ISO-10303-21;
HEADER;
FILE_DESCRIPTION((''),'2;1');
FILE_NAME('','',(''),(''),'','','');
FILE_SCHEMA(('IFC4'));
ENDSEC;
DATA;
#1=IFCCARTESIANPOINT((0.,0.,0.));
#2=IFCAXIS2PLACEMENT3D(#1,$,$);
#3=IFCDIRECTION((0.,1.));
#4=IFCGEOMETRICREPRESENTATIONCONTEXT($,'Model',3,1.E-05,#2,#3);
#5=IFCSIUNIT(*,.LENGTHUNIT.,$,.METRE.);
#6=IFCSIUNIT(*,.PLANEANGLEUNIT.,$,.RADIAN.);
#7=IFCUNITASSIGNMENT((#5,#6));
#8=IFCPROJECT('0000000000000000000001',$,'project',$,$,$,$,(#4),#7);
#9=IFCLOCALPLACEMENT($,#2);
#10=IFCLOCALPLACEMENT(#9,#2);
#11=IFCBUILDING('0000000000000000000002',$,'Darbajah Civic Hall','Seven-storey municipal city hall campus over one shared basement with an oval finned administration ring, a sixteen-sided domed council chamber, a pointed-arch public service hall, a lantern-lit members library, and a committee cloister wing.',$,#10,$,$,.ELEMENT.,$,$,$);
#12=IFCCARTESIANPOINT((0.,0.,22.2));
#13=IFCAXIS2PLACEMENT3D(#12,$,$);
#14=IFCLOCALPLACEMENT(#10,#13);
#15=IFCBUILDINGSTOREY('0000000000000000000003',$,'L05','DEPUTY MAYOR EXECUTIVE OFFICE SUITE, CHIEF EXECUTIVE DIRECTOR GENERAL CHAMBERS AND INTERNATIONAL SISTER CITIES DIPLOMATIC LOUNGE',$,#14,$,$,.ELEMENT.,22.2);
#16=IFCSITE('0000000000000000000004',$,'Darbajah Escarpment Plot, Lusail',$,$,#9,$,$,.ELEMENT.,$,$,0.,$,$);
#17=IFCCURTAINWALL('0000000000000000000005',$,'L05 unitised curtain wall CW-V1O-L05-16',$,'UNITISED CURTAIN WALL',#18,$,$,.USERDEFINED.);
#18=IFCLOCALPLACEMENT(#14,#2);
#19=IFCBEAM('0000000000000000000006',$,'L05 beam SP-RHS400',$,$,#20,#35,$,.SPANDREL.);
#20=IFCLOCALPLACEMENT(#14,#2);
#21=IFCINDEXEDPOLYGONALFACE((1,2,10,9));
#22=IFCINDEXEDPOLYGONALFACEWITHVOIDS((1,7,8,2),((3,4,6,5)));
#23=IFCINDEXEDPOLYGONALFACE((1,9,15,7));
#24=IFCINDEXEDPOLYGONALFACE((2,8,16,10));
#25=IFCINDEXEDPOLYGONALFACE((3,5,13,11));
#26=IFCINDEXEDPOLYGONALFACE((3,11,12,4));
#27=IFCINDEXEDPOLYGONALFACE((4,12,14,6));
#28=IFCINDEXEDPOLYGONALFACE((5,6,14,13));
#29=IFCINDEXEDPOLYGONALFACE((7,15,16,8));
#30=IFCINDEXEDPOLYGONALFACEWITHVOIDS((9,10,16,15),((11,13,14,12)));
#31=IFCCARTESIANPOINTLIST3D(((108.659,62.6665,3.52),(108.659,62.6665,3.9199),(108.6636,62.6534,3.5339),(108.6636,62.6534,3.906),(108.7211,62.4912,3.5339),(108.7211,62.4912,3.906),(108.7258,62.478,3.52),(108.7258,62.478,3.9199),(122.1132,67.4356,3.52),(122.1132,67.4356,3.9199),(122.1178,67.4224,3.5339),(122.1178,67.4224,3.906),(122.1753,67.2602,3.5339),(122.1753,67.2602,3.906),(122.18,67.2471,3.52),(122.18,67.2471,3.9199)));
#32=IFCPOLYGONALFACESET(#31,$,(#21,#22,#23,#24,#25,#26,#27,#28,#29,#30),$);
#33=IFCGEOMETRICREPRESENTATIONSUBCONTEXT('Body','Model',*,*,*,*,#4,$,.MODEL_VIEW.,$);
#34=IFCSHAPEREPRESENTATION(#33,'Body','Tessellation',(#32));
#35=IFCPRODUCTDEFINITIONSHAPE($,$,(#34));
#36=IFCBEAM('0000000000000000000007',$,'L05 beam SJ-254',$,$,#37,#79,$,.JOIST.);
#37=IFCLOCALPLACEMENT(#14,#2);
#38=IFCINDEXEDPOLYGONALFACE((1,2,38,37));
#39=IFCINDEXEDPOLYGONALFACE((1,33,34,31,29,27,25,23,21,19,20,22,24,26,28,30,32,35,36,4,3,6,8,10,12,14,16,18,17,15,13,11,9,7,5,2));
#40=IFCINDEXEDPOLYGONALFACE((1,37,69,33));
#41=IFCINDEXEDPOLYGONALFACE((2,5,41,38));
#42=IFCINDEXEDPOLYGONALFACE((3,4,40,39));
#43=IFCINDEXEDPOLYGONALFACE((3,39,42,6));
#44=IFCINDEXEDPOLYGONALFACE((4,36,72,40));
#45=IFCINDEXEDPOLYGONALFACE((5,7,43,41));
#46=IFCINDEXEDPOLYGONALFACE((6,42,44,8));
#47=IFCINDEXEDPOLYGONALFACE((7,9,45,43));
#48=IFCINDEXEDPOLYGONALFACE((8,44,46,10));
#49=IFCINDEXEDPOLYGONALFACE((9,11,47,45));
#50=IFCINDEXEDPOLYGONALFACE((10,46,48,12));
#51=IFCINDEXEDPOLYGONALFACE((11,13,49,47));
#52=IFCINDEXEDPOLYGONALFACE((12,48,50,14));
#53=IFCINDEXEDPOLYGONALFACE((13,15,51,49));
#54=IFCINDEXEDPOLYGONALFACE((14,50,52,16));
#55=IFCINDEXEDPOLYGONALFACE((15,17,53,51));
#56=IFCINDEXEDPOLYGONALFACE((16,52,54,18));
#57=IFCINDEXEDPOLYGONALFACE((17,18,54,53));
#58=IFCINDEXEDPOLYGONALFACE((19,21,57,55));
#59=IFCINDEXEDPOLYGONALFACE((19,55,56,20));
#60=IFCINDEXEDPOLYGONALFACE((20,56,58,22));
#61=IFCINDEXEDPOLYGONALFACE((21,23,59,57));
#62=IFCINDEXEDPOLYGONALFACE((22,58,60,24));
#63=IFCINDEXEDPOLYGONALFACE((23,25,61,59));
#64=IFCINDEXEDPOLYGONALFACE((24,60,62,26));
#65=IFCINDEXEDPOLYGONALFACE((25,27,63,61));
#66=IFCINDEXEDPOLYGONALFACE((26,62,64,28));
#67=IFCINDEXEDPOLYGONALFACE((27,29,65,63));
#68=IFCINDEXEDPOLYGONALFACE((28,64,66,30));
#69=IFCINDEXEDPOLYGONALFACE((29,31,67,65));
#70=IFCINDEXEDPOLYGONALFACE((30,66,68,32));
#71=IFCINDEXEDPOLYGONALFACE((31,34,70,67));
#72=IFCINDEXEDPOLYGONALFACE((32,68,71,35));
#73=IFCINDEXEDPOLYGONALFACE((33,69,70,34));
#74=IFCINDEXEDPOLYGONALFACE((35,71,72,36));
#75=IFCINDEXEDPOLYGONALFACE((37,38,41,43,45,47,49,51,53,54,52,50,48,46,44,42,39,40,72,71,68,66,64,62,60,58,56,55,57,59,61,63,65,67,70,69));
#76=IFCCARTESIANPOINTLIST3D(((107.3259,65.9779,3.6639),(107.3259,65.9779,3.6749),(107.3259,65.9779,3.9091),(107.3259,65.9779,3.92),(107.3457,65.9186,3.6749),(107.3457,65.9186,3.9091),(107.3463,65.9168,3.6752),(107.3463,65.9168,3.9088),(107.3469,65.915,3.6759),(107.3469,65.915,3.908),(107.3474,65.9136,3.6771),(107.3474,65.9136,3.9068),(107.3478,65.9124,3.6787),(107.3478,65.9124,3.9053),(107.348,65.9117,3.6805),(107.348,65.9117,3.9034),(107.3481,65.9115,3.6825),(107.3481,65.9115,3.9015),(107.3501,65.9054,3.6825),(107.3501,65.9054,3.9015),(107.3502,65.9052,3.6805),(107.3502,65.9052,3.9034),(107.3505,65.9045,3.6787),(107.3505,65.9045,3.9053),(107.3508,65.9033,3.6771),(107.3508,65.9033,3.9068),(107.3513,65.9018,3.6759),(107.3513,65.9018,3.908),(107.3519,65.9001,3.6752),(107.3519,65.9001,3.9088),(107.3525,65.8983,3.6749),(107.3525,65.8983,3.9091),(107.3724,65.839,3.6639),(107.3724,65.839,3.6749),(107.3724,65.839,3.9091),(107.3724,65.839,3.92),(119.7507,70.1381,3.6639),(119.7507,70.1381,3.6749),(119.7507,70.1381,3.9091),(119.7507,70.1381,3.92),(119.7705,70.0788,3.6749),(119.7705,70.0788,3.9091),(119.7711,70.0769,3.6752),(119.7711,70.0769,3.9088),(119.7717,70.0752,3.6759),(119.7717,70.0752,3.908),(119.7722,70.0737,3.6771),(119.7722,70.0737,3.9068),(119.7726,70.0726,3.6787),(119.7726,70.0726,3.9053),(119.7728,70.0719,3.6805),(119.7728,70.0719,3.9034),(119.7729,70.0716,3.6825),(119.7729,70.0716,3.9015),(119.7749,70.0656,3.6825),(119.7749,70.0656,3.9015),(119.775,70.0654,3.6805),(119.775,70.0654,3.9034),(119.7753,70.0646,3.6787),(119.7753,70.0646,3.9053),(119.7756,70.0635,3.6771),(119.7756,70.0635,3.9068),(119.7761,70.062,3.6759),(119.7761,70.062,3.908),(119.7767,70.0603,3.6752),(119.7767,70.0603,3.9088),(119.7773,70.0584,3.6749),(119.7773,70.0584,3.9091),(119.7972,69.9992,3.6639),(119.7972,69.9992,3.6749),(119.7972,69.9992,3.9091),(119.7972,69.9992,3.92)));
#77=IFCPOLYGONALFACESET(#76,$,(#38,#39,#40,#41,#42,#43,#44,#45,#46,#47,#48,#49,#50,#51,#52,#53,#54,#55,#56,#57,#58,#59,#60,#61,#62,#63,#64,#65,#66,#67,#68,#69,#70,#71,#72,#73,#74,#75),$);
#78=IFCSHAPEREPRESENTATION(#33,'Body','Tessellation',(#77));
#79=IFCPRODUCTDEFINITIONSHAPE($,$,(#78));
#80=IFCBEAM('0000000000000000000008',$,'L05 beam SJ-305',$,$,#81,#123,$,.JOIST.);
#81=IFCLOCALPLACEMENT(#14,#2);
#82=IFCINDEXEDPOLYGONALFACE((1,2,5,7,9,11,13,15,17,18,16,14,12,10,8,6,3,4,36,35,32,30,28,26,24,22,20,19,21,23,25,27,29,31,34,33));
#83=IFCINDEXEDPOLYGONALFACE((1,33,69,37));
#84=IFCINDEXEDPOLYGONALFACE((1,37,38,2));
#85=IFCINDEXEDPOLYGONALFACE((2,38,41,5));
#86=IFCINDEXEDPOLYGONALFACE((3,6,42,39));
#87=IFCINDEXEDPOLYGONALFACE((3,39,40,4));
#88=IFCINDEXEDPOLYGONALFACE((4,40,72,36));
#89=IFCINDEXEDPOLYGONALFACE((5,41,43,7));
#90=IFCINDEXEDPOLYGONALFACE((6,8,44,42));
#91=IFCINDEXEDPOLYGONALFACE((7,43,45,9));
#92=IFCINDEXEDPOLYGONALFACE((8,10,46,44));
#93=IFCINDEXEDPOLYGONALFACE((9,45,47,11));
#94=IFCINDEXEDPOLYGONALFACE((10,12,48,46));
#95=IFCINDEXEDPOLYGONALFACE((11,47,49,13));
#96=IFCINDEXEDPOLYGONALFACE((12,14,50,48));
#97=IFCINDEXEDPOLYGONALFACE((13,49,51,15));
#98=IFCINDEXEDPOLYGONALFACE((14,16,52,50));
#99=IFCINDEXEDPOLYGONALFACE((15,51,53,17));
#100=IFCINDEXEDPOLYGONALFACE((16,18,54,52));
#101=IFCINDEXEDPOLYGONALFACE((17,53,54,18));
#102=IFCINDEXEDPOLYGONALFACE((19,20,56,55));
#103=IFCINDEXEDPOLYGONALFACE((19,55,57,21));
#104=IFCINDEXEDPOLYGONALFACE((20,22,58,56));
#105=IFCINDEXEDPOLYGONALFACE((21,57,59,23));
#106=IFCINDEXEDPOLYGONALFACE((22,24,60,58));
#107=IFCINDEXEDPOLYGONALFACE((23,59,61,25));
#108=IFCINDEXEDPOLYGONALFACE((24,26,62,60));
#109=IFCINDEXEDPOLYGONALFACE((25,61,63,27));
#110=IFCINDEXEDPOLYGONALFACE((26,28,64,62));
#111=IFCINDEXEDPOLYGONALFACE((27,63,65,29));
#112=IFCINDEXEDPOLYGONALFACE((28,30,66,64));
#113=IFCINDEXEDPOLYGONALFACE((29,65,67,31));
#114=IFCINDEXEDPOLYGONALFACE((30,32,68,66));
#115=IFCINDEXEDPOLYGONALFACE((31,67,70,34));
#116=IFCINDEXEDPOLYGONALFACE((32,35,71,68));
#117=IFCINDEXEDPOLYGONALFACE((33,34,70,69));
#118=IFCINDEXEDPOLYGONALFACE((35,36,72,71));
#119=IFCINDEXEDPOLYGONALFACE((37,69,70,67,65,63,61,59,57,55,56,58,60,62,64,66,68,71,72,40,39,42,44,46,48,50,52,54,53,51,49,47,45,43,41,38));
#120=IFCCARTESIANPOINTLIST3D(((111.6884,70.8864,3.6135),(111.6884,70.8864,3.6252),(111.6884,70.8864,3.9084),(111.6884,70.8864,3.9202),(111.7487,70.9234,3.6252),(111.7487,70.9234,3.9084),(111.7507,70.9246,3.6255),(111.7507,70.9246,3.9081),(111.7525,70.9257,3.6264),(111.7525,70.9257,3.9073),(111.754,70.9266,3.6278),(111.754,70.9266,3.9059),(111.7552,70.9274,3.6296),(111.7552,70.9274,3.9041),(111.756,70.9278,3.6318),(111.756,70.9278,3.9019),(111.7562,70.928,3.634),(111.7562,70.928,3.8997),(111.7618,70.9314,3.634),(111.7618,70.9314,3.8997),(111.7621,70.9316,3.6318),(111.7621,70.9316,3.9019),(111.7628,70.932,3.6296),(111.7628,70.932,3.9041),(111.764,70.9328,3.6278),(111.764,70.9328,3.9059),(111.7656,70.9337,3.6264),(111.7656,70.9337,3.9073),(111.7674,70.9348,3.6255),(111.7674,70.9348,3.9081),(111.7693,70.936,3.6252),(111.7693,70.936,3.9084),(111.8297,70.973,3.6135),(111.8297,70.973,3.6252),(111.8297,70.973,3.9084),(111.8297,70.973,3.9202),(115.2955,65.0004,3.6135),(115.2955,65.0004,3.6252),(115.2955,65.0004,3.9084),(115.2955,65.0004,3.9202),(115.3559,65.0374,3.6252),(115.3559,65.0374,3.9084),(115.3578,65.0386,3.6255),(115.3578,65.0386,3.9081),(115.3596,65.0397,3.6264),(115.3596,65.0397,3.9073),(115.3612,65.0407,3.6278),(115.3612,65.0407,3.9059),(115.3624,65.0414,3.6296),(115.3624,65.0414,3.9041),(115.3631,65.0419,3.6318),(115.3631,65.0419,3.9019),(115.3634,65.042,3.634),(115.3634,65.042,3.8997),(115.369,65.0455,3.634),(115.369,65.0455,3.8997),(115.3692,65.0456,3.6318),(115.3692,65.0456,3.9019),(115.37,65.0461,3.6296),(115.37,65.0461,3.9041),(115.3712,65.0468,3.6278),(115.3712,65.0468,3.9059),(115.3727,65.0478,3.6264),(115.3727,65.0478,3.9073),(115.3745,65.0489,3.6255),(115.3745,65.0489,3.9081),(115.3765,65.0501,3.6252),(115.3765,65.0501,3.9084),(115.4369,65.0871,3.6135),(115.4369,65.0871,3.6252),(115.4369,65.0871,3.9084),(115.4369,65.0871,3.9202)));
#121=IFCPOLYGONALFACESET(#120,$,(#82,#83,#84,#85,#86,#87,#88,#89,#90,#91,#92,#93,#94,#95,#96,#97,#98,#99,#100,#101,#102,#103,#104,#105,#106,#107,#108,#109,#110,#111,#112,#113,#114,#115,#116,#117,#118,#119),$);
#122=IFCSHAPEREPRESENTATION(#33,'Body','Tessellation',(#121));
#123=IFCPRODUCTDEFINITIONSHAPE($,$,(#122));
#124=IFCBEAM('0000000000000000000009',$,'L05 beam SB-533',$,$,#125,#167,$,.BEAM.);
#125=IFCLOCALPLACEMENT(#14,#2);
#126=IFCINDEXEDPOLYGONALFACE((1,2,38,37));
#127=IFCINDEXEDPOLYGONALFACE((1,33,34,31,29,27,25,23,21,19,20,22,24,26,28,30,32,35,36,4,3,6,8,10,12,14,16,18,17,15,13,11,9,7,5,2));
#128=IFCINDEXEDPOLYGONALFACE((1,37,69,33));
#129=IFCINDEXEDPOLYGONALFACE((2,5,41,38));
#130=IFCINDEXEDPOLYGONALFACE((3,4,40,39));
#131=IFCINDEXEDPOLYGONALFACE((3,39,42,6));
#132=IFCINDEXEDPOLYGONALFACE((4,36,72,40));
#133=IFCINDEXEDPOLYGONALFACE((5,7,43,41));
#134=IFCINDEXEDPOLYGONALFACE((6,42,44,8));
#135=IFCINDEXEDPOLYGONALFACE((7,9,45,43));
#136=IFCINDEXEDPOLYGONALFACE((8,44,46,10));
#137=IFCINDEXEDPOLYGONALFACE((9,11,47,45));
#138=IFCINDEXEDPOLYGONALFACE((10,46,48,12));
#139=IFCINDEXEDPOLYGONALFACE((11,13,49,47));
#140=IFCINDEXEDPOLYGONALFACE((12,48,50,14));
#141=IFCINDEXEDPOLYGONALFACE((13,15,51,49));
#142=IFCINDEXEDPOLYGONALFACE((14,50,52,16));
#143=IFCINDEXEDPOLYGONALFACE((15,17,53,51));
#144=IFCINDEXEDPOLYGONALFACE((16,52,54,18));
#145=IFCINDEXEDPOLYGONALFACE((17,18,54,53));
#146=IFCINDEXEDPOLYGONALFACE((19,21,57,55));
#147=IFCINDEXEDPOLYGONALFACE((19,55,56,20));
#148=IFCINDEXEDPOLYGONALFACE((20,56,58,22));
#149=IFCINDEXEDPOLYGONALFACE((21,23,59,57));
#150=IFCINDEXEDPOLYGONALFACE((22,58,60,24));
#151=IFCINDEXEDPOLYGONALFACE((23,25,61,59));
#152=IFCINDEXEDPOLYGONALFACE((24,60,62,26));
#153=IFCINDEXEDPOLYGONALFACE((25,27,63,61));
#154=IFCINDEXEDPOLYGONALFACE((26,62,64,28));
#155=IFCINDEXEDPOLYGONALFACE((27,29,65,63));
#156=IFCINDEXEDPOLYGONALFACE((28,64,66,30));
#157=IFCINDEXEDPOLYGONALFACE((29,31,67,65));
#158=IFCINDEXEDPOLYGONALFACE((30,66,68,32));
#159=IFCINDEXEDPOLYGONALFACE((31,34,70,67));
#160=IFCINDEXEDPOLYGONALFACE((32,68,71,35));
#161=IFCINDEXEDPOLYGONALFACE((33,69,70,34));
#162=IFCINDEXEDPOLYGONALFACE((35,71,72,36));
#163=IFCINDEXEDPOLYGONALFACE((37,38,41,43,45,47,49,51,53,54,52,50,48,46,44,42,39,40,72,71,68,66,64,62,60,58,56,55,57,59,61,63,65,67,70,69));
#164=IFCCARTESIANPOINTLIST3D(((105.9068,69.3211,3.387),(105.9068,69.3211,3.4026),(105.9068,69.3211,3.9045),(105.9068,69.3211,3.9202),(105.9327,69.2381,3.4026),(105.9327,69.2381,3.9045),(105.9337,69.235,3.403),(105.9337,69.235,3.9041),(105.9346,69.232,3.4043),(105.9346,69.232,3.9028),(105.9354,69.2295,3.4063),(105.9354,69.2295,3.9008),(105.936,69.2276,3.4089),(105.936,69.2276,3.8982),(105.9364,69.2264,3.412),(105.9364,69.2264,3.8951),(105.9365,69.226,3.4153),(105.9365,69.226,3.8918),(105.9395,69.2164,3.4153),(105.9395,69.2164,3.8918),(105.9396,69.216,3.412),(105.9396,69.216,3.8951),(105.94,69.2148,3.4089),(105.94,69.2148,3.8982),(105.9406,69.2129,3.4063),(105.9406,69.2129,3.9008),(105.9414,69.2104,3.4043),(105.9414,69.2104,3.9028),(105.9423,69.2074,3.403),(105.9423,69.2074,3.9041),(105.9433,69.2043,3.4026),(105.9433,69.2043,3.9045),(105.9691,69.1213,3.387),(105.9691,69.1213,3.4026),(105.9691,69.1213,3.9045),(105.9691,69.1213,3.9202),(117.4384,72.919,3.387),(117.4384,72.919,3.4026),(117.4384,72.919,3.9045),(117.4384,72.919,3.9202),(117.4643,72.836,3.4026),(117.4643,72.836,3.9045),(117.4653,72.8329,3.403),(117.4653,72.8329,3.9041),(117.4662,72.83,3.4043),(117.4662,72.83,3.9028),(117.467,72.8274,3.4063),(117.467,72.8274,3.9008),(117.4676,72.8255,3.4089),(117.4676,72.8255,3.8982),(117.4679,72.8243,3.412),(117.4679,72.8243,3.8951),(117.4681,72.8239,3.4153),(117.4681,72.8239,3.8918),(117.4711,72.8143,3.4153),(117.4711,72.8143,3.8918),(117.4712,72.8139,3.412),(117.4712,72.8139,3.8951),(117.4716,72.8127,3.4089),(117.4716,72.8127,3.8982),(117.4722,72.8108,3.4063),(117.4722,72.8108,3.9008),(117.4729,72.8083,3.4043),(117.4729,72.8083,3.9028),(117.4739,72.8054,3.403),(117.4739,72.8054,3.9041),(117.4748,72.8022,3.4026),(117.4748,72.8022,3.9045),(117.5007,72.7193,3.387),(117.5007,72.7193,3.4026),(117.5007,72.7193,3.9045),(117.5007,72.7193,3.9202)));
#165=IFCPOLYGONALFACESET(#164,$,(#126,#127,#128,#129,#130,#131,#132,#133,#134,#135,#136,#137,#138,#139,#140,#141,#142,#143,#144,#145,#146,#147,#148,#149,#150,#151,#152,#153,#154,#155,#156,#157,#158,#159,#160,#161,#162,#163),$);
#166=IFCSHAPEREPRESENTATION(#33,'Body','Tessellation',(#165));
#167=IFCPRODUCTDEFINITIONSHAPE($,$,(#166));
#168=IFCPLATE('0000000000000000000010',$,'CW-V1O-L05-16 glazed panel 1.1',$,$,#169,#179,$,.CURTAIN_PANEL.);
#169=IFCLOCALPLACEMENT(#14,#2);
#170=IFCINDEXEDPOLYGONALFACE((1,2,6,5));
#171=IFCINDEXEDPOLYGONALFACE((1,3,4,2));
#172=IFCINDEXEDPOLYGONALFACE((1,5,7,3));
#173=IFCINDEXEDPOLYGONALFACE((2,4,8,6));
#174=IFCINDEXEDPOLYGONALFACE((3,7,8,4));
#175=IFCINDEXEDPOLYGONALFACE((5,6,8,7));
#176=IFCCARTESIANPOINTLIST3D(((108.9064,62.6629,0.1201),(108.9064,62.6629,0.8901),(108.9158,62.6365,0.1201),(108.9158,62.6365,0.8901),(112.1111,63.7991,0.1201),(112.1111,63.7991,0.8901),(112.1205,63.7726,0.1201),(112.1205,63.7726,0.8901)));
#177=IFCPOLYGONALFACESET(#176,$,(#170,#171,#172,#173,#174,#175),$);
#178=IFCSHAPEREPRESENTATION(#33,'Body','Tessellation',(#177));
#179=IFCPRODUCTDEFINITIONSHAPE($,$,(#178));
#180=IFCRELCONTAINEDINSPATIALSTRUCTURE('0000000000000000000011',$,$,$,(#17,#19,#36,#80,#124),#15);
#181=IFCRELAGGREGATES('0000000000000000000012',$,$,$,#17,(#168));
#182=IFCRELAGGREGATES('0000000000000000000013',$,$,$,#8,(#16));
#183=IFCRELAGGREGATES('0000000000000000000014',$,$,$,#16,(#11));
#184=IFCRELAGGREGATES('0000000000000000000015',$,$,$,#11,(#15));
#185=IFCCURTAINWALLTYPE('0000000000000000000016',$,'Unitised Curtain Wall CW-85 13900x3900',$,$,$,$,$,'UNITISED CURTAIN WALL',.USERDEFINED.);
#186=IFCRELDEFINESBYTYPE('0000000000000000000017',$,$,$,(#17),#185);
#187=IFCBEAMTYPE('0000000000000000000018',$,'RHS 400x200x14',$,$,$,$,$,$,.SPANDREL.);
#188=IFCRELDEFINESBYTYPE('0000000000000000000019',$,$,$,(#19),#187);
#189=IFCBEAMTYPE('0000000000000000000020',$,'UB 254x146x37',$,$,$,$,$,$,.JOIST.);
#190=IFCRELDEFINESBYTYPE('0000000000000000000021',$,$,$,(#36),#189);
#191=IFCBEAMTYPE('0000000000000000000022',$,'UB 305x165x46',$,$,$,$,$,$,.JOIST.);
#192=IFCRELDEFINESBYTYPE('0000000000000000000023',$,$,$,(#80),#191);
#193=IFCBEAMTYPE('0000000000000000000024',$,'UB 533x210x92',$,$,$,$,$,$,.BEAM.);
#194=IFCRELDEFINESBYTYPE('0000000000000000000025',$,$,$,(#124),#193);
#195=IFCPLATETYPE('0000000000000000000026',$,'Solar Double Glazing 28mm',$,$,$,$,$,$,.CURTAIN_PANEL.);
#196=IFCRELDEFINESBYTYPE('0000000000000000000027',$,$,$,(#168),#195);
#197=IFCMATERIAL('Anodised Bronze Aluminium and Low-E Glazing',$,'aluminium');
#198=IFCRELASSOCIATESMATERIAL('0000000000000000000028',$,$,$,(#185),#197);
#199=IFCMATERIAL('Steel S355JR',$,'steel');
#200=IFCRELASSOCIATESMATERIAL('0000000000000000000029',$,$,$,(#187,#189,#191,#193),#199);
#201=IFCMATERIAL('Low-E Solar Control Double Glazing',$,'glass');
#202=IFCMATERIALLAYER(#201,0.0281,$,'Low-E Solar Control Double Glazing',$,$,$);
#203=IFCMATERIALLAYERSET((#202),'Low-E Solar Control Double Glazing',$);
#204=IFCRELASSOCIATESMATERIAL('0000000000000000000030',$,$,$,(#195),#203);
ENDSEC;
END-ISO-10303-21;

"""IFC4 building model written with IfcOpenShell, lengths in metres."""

from ifc_helpers import new_model, si_unit, direction, frame, origin, origin_2d, place, context, subcontext, project, spatial, rectangle, hollow_rectangle, i_section, extrude, material, layer, layer_set, material_profile, profile_set, type_object, element, aggregate, save


model = new_model("IFC4")

# Units and contexts
model_context = context("Model", 3, precision=1e-05, world=origin(), true_north=direction((0.0, 1.0)))
body_context = subcontext(model_context, "Body", "Model", "MODEL_VIEW")
ifc_project = project(units=[si_unit("LENGTHUNIT", "METRE"), si_unit("PLANEANGLEUNIT", "RADIAN")], contexts=[model_context])

# Site, building, storey
site_placement = place(None, origin())
site = spatial("IfcSite", under=ifc_project, at=site_placement, Name="Darbajah Escarpment Plot, Lusail", CompositionType="ELEMENT", RefElevation=0.0)
building_placement = place(site_placement, origin())
building = spatial("IfcBuilding", under=site, at=building_placement, Name="Darbajah Civic Hall", Description="Seven-storey municipal city hall campus over one shared basement with an oval finned administration ring, a sixteen-sided domed council chamber, a pointed-arch public service hall, a lantern-lit members library, and a committee cloister wing.", CompositionType="ELEMENT")
storey_placement = place(building_placement, frame((0.0, 0.0, 22.2)))
storey = spatial("IfcBuildingStorey", under=building, at=storey_placement, Name="L05", Description="DEPUTY MAYOR EXECUTIVE OFFICE SUITE, CHIEF EXECUTIVE DIRECTOR GENERAL CHAMBERS AND INTERNATIONAL SISTER CITIES DIPLOMATIC LOUNGE", CompositionType="ELEMENT", Elevation=22.2)

# Curtain wall
ifc_material_1 = material(Name="Anodised Bronze Aluminium and Low-E Glazing", Category="aluminium")
curtain_wall_type_1 = type_object("IfcCurtainWallType", Name="Unitised Curtain Wall CW-85 13900x3900", ElementType="UNITISED CURTAIN WALL", PredefinedType="USERDEFINED", material=ifc_material_1)
curtain_wall_1_placement = place(storey_placement, origin())
curtain_wall_1 = element("IfcCurtainWall", 1, at=curtain_wall_1_placement, inside=storey, type_object=curtain_wall_type_1, Name="L05 unitised curtain wall CW-V1O-L05-16", ObjectType="UNITISED CURTAIN WALL", PredefinedType="USERDEFINED")

# Beams
ifc_material_2 = material(Name="Steel S355JR", Category="steel")
ifc_material_profile_1 = material_profile(ifc_material_2, hollow_rectangle(XDim=0.2, YDim=0.3999, WallThickness=0.0139, at=origin_2d()), Name="RHS 400x200x14")
ifc_profile_set_1 = profile_set([ifc_material_profile_1], Name="Steel S355JR")
beam_type_1 = type_object("IfcBeamType", Name="RHS 400x200x14", PredefinedType="SPANDREL", material=ifc_profile_set_1)
beam_1_placement = place(storey_placement, frame((108.6924, 62.5723, 3.72), z_axis=(0.942538, 0.334099, 0.0), x_axis=(-0.334099, 0.942538, 0.0)))
element("IfcBeam", 2, at=beam_1_placement, inside=storey, type_object=beam_type_1, Name="L05 beam SP-RHS400", PredefinedType="SPANDREL", context=body_context, shape_type="SweptSolid", body=[
    extrude(hollow_rectangle(XDim=0.2, YDim=0.3999, WallThickness=0.0139, at=origin_2d()), origin(), (0.0, 0.0, 1.0), 14.2744),
])
ifc_material_profile_2 = material_profile(ifc_material_2, i_section(OverallWidth=0.1465, OverallDepth=0.2561, WebThickness=0.0063, FlangeThickness=0.011, FilletRadius=0.0076, at=origin_2d()), Name="UB 254x146x37")
ifc_profile_set_2 = profile_set([ifc_material_profile_2], Name="Steel S355JR")
beam_type_2 = type_object("IfcBeamType", Name="UB 254x146x37", PredefinedType="JOIST", material=ifc_profile_set_2)
beam_2_placement = place(storey_placement, frame((107.3491, 65.9084, 3.792), z_axis=(0.948258, 0.317502, 0.0), x_axis=(-0.317502, 0.948258, 0.0)))
element("IfcBeam", 3, at=beam_2_placement, inside=storey, type_object=beam_type_2, Name="L05 beam SJ-254", PredefinedType="JOIST", context=body_context, shape_type="SweptSolid", body=[
    extrude(i_section(OverallWidth=0.1465, OverallDepth=0.2561, WebThickness=0.0063, FlangeThickness=0.011, FilletRadius=0.0076, at=origin_2d()), origin(), (0.0, 0.0, 1.0), 13.1028),
])
ifc_material_profile_3 = material_profile(ifc_material_2, i_section(OverallWidth=0.1658, OverallDepth=0.3066, WebThickness=0.0066, FlangeThickness=0.0117, FilletRadius=0.0088, at=origin_2d()), Name="UB 305x165x46")
ifc_profile_set_3 = profile_set([ifc_material_profile_3], Name="Steel S355JR")
beam_type_3 = type_object("IfcBeamType", Name="UB 305x165x46", PredefinedType="JOIST", material=ifc_profile_set_3)
beam_3_placement = place(storey_placement, frame((111.759, 70.9297, 3.7668), z_axis=(0.522524, -0.852625, 0.0), x_axis=(0.852625, 0.522524, 0.0)))
element("IfcBeam", 4, at=beam_3_placement, inside=storey, type_object=beam_type_3, Name="L05 beam SJ-305", PredefinedType="JOIST", context=body_context, shape_type="SweptSolid", body=[
    extrude(i_section(OverallWidth=0.1658, OverallDepth=0.3066, WebThickness=0.0066, FlangeThickness=0.0117, FilletRadius=0.0088, at=origin_2d()), origin(), (0.0, 0.0, 1.0), 6.9033),
])
ifc_material_profile_4 = material_profile(ifc_material_2, i_section(OverallWidth=0.2092, OverallDepth=0.5332, WebThickness=0.01, FlangeThickness=0.0156, FilletRadius=0.0127, at=origin_2d()), Name="UB 533x210x92")
ifc_profile_set_4 = profile_set([ifc_material_profile_4], Name="Steel S355JR")
beam_type_4 = type_object("IfcBeamType", Name="UB 533x210x92", PredefinedType="BEAM", material=ifc_profile_set_4)
beam_4_placement = place(storey_placement, frame((105.938, 69.2212, 3.6536), z_axis=(0.954614, 0.297846, 0.0), x_axis=(-0.297846, 0.954614, 0.0)))
element("IfcBeam", 5, at=beam_4_placement, inside=storey, type_object=beam_type_4, Name="L05 beam SB-533", PredefinedType="BEAM", context=body_context, shape_type="SweptSolid", body=[
    extrude(i_section(OverallWidth=0.2092, OverallDepth=0.5332, WebThickness=0.01, FlangeThickness=0.0156, FilletRadius=0.0127, at=origin_2d()), origin(), (0.0, 0.0, 1.0), 12.0798),
])

# Plate
ifc_material_3 = material(Name="Low-E Solar Control Double Glazing", Category="glass")
ifc_layer_1 = layer(ifc_material_3, 0.0281, Name="Low-E Solar Control Double Glazing")
ifc_layer_set_1 = layer_set([ifc_layer_1], Name="Low-E Solar Control Double Glazing")
plate_type_1 = type_object("IfcPlateType", Name="Solar Double Glazing 28mm", PredefinedType="CURTAIN_PANEL", material=ifc_layer_set_1)
plate_1_placement = place(storey_placement, frame((110.5134, 63.2178, 0.1201), z_axis=(0.0, 0.0, 1.0), x_axis=(0.942525, 0.334136, 0.0)))
plate_1 = element("IfcPlate", 6, at=plate_1_placement, type_object=plate_type_1, Name="CW-V1O-L05-16 glazed panel 1.1", PredefinedType="CURTAIN_PANEL", context=body_context, shape_type="SweptSolid", body=[
    extrude(rectangle(XDim=3.4001, YDim=0.0281, at=origin_2d()), origin(), (0.0, 0.0, 1.0), 0.77),
])
aggregate(curtain_wall_1, [plate_1])

save(model, "model.ifc")
